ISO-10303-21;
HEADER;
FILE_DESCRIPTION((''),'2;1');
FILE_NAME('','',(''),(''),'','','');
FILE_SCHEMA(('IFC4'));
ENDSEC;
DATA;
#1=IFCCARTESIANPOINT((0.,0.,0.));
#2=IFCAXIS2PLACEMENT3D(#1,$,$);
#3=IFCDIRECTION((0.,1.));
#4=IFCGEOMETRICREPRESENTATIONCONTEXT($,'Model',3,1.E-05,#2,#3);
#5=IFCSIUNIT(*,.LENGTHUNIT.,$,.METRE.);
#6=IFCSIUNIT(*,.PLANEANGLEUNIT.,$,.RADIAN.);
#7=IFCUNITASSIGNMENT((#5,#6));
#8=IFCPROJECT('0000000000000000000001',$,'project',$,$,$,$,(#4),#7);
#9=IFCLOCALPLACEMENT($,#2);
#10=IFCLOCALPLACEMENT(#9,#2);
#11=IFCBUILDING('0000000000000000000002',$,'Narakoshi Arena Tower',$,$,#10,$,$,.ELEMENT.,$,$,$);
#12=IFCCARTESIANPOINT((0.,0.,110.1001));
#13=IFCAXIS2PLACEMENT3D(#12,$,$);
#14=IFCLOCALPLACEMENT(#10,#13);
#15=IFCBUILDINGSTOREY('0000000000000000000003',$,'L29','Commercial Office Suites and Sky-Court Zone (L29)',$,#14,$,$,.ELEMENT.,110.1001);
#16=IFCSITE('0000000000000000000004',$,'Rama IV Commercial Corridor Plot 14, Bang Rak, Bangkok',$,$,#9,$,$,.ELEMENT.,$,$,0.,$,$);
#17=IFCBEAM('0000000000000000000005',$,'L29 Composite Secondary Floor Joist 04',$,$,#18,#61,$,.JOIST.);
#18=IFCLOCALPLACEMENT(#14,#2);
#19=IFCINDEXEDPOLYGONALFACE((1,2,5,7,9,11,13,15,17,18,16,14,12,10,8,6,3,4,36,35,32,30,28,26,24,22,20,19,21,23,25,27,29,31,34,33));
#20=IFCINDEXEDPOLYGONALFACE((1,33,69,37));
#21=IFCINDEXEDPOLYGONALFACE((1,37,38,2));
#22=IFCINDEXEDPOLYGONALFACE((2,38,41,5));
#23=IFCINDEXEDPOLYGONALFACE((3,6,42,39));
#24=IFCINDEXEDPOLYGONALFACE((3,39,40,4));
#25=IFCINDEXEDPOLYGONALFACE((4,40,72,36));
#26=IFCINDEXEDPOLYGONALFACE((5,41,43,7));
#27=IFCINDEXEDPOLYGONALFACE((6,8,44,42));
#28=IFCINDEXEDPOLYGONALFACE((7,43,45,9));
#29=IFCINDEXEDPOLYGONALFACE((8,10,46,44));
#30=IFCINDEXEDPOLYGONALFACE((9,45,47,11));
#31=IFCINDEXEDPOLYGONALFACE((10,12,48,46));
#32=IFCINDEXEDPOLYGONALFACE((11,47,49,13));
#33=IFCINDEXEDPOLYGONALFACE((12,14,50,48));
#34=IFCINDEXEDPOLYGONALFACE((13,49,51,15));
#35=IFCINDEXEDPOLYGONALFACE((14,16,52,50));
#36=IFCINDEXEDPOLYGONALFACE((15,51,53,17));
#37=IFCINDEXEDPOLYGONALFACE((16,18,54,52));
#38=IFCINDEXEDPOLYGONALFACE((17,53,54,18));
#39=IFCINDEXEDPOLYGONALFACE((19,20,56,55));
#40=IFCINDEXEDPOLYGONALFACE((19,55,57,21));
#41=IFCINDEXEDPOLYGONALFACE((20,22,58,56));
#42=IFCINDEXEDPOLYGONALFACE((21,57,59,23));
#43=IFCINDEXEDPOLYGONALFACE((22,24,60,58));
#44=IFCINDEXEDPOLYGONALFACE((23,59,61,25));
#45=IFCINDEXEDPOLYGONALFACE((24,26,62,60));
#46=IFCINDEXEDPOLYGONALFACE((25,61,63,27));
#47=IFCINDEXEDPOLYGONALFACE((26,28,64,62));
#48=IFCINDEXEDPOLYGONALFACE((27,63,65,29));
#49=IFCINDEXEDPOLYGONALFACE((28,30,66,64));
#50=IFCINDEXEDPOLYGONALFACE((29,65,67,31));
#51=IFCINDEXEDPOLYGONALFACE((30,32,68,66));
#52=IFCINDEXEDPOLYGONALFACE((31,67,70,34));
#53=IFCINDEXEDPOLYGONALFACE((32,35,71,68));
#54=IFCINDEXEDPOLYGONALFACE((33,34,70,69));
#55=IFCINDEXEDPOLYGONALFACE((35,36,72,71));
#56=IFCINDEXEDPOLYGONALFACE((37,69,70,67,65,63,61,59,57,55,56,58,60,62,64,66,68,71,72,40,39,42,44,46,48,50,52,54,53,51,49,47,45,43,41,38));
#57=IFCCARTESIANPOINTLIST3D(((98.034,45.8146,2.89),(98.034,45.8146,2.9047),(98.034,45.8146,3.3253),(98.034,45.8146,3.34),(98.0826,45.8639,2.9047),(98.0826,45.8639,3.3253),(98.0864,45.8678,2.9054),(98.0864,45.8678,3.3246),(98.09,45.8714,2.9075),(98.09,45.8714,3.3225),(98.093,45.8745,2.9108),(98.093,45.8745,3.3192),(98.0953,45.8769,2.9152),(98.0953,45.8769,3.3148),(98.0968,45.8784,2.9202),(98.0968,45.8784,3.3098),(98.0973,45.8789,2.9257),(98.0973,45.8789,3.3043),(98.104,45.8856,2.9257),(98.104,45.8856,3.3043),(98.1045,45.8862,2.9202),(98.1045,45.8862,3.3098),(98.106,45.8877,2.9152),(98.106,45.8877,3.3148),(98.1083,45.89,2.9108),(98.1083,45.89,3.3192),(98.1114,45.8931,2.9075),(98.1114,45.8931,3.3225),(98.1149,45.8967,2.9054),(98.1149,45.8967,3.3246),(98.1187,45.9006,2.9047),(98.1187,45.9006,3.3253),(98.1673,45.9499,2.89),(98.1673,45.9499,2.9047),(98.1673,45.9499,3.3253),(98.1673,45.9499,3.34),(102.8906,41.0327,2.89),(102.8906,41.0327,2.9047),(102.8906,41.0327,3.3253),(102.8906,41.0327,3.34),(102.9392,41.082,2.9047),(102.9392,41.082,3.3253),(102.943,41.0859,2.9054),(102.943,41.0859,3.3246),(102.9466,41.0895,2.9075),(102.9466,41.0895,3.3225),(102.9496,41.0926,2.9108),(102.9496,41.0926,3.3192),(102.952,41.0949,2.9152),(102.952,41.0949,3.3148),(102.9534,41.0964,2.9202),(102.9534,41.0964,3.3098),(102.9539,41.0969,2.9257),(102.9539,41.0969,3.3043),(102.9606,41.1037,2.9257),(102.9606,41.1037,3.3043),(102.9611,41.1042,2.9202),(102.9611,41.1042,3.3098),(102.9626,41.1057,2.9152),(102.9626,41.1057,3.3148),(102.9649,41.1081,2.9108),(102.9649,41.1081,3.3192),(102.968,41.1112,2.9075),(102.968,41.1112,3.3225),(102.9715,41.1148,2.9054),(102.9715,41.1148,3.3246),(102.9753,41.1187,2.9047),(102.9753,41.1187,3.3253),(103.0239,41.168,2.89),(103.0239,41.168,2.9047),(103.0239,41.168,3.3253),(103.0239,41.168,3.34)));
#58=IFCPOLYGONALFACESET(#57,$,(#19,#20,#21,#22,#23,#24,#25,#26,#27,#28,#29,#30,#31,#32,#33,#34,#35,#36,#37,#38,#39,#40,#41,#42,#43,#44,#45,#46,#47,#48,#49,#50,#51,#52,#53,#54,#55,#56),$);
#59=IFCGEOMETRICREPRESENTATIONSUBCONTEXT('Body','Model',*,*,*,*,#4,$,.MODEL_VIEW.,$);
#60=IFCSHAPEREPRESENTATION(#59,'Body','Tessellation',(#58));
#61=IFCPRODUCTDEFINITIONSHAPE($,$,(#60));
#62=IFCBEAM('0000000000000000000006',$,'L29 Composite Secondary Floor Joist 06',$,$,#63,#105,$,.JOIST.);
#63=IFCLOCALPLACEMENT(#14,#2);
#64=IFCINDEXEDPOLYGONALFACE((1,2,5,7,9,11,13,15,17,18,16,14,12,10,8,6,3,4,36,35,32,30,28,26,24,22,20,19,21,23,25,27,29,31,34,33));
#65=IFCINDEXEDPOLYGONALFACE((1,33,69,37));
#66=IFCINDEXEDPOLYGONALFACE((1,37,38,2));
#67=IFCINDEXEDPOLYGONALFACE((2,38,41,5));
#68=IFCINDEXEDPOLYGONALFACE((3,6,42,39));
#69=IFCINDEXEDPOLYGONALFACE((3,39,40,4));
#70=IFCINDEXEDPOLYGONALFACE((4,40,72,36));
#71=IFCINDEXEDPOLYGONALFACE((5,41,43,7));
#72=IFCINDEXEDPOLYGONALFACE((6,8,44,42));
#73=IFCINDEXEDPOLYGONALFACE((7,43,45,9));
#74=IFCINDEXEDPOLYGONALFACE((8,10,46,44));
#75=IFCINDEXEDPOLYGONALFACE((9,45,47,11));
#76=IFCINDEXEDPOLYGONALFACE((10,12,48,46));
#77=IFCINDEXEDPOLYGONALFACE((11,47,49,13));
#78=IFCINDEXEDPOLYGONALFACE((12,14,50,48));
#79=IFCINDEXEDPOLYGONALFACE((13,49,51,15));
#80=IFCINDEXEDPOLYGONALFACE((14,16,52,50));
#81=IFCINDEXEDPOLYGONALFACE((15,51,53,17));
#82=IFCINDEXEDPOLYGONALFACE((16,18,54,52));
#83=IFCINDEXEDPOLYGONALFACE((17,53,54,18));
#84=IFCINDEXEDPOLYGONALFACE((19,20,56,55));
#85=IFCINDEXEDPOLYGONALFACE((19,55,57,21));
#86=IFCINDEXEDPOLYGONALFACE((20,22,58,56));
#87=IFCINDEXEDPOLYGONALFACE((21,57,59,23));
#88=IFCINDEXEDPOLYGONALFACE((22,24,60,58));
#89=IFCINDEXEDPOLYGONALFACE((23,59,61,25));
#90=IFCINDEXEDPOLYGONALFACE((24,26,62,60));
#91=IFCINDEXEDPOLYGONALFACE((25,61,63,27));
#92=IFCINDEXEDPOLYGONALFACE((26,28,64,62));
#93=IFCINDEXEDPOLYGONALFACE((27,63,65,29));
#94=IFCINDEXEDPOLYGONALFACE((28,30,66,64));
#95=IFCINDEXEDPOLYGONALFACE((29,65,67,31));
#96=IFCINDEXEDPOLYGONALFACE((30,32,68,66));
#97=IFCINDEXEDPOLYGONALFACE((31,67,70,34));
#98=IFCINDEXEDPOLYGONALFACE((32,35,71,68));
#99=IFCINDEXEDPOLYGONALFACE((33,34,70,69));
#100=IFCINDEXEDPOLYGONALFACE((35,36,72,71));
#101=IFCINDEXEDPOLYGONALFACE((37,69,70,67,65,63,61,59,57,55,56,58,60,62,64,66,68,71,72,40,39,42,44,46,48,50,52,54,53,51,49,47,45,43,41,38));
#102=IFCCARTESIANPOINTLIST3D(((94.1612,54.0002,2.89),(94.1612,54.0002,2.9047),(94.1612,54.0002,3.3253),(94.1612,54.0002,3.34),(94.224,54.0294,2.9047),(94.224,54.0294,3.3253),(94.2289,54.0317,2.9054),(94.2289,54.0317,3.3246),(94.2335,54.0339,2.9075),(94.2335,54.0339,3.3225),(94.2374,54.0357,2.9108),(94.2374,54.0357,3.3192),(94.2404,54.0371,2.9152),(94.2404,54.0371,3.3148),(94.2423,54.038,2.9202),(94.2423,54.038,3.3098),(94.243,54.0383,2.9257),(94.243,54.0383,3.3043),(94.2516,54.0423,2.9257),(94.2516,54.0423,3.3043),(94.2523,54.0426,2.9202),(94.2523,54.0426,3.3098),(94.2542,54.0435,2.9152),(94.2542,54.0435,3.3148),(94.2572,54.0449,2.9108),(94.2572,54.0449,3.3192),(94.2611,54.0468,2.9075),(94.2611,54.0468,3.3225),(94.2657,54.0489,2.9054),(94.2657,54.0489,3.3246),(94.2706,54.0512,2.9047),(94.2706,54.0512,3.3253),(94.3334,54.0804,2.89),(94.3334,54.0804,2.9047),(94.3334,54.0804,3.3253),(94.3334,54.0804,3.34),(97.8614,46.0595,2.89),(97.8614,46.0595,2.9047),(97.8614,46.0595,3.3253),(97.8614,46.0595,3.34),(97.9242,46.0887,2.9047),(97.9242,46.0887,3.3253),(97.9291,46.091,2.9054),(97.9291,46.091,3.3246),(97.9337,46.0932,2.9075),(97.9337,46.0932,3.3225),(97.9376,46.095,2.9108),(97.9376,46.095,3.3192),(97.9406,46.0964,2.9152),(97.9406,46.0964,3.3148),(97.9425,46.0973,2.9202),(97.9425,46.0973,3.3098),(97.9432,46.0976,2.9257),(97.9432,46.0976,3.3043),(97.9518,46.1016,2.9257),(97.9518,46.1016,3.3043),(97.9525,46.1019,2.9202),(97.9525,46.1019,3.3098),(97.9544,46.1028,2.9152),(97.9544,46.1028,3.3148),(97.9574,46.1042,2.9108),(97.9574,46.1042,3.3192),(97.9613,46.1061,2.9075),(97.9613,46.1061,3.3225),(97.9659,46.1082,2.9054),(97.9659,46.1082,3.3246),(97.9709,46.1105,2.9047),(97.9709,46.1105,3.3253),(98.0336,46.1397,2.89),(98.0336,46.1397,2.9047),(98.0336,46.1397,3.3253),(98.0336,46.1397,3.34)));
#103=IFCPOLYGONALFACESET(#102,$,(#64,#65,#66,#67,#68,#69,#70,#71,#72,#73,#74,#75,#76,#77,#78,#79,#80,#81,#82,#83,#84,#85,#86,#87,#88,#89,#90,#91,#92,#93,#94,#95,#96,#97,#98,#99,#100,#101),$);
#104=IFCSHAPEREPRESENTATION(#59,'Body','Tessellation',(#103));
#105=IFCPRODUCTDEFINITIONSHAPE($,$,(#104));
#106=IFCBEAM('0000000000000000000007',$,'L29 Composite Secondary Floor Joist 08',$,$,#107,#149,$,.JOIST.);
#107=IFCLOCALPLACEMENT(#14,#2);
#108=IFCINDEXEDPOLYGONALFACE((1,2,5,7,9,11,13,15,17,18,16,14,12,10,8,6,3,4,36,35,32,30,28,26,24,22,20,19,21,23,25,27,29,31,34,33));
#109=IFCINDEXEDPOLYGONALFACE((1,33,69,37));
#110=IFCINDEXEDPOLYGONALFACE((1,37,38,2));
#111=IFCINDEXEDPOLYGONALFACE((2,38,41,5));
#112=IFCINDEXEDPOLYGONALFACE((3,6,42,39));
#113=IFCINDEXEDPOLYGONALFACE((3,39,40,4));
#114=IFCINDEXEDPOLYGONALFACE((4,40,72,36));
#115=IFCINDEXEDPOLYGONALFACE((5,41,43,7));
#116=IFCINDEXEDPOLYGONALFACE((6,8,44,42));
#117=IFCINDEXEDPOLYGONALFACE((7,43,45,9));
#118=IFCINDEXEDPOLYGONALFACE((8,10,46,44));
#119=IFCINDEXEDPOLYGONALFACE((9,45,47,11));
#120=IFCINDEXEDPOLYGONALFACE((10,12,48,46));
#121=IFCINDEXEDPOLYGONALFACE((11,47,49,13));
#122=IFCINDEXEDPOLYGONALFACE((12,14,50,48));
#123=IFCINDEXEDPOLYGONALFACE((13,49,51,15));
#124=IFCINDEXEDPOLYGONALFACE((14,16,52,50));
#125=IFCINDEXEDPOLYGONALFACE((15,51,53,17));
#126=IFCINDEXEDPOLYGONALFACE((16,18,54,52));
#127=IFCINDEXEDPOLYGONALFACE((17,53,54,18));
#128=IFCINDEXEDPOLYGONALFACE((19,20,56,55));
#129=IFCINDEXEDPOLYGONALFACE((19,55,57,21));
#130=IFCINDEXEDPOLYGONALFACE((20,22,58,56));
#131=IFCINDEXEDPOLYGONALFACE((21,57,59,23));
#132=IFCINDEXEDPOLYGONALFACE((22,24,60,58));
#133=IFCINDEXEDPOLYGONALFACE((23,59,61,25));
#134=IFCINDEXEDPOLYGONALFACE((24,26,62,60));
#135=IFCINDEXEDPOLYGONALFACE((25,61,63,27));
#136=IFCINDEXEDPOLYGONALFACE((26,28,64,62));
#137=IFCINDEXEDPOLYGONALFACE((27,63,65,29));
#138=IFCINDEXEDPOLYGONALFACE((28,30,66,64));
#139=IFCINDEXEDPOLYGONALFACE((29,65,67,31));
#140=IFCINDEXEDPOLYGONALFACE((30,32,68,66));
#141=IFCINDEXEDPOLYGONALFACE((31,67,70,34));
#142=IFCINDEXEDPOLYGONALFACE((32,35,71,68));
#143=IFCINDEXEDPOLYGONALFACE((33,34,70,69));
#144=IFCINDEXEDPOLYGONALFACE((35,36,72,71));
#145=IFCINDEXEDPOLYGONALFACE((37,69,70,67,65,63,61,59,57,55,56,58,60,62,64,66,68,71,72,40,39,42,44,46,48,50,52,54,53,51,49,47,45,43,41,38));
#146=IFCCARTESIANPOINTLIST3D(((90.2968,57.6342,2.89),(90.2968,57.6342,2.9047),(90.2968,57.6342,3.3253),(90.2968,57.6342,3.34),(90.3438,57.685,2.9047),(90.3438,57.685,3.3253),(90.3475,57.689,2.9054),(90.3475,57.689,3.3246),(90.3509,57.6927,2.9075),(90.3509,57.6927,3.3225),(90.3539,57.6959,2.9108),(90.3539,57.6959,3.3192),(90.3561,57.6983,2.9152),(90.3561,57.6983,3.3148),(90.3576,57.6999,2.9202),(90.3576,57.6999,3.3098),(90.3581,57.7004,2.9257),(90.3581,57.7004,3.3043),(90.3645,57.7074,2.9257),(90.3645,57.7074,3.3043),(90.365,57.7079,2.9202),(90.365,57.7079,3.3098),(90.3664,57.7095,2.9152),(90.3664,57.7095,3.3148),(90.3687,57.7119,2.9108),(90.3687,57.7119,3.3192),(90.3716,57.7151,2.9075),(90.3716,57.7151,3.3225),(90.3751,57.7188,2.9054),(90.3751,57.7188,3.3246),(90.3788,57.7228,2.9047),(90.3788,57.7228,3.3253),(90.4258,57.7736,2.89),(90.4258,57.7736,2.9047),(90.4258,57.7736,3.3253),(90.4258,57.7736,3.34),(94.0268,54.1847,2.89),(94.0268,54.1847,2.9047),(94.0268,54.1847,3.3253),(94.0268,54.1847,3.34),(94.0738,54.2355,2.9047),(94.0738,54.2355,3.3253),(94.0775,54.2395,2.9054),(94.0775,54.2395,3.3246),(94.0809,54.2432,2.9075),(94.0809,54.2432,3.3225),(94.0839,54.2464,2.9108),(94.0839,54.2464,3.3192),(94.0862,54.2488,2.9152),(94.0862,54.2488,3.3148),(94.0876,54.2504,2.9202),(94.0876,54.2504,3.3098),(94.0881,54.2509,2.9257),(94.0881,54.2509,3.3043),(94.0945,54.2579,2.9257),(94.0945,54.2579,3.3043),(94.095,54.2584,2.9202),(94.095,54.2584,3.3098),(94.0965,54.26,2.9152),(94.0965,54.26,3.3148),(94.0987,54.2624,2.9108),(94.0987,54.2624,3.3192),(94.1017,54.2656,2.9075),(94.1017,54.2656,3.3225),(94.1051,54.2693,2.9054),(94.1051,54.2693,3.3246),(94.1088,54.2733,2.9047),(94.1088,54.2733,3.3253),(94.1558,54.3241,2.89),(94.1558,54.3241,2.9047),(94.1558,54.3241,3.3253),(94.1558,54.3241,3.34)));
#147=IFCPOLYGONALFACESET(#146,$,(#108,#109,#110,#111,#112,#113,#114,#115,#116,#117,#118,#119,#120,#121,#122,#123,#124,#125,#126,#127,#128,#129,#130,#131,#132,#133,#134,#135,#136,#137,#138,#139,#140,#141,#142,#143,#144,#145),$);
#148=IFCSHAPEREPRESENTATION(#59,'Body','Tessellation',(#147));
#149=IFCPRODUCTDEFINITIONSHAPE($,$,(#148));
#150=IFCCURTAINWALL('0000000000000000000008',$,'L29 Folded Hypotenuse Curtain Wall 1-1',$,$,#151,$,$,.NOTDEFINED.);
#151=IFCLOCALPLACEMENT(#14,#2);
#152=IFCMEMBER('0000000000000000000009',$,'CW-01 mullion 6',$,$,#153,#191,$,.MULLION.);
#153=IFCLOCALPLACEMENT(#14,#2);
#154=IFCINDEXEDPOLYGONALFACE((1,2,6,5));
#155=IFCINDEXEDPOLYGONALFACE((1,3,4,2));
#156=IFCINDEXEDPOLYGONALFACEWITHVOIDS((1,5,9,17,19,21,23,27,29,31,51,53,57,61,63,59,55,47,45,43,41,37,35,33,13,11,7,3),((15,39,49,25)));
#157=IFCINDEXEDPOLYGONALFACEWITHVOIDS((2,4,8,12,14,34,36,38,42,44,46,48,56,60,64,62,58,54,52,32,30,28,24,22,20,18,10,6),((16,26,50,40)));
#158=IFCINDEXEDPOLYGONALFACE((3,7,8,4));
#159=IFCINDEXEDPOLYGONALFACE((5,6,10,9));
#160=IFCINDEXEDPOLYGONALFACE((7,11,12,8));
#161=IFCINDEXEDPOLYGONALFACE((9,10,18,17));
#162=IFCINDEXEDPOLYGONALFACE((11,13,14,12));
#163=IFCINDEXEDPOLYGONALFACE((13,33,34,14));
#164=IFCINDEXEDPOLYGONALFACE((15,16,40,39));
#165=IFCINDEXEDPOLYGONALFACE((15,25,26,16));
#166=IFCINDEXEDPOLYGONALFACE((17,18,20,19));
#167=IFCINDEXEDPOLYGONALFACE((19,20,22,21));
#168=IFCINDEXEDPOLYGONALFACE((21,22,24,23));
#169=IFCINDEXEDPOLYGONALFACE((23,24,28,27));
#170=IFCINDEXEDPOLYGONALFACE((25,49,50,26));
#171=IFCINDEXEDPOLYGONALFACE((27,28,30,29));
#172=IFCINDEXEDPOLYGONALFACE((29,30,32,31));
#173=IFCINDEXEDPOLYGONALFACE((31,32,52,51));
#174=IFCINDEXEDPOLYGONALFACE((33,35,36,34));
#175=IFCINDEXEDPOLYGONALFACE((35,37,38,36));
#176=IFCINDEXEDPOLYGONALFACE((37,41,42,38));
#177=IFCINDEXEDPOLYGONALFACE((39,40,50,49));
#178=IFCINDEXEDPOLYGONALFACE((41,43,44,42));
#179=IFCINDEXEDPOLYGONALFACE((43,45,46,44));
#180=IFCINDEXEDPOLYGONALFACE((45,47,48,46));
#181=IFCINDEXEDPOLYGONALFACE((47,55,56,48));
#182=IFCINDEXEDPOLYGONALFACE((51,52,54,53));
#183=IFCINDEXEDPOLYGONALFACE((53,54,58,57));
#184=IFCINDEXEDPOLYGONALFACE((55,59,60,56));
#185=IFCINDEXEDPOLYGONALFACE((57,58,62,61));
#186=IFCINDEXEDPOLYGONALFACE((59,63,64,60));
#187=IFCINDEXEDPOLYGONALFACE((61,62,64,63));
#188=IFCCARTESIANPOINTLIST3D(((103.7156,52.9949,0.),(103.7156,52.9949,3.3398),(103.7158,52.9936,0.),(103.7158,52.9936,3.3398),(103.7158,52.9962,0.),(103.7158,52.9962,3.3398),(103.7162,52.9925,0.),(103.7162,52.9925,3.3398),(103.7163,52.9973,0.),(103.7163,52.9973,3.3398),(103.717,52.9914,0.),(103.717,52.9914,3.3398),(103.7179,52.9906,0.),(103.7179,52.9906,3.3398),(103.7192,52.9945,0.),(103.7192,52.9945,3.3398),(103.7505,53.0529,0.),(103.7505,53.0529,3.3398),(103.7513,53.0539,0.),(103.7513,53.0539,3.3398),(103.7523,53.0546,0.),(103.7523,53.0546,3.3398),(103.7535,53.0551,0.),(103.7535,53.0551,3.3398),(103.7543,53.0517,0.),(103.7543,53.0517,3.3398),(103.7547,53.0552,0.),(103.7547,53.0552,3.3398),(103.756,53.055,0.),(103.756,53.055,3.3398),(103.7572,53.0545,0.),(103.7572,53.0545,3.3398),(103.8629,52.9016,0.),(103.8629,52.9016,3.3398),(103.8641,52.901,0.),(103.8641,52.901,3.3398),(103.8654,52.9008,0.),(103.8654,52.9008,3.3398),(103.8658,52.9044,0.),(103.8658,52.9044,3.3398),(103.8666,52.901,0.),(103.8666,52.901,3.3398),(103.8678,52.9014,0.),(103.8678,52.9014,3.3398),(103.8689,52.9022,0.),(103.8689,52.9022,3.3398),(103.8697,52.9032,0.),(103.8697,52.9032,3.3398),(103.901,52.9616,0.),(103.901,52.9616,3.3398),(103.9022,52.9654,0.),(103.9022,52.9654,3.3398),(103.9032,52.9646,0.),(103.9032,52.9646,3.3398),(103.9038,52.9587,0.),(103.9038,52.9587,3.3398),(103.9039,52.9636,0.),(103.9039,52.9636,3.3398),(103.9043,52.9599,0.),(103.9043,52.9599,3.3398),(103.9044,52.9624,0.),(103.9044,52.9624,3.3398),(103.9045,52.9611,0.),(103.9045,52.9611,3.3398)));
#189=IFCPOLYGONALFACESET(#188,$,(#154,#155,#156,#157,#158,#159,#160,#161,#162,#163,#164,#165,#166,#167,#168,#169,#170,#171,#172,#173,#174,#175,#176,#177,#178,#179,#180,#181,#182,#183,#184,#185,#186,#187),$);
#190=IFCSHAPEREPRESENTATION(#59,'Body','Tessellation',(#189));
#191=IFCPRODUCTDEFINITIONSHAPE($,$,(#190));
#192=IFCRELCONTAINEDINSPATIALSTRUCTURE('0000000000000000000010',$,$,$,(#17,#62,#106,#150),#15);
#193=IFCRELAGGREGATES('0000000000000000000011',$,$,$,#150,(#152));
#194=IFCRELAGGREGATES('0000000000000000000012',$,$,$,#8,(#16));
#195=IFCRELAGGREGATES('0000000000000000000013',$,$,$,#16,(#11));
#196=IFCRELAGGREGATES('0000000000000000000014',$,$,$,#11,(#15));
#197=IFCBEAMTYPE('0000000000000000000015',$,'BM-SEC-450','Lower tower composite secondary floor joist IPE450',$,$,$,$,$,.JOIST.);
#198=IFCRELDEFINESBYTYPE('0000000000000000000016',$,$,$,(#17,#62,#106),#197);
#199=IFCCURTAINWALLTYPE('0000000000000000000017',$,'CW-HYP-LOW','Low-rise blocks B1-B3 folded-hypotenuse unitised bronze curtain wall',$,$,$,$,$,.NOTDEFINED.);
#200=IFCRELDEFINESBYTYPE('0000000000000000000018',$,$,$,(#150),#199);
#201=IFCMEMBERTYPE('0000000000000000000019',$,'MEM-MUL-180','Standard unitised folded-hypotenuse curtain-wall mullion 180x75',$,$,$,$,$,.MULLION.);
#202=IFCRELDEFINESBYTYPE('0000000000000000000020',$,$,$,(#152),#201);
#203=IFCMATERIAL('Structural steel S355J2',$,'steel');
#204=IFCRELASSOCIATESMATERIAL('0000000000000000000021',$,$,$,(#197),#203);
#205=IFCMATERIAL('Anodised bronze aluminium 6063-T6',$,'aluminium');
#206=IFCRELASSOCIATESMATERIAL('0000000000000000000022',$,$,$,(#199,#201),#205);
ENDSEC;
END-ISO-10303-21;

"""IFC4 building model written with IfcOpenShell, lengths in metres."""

from ifc_helpers import new_model, si_unit, direction, frame, origin, origin_2d, place, context, subcontext, project, spatial, hollow_rectangle, i_section, extrude, material, material_profile, profile_set, type_object, element, aggregate, save


model = new_model("IFC4")

# Units and contexts
model_context = context("Model", 3, precision=1e-05, world=origin(), true_north=direction((0.0, 1.0)))
body_context = subcontext(model_context, "Body", "Model", "MODEL_VIEW")
ifc_project = project(units=[si_unit("LENGTHUNIT", "METRE"), si_unit("PLANEANGLEUNIT", "RADIAN")], contexts=[model_context])

# Site, building, storey
site_placement = place(None, origin())
site = spatial("IfcSite", under=ifc_project, at=site_placement, Name="Rama IV Commercial Corridor Plot 14, Bang Rak, Bangkok", CompositionType="ELEMENT", RefElevation=0.0)
building_placement = place(site_placement, origin())
building = spatial("IfcBuilding", under=site, at=building_placement, Name="Narakoshi Arena Tower", CompositionType="ELEMENT")
storey_placement = place(building_placement, frame((0.0, 0.0, 110.1001)))
storey = spatial("IfcBuildingStorey", under=building, at=storey_placement, Name="L29", Description="Commercial Office Suites and Sky-Court Zone (L29)", CompositionType="ELEMENT", Elevation=110.1001)

# Beams
ifc_material_1 = material(Name="Structural steel S355J2", Category="steel")
ifc_material_profile_1 = material_profile(ifc_material_1, i_section(OverallWidth=0.1899, OverallDepth=0.45, WebThickness=0.0095, FlangeThickness=0.0146, FilletRadius=0.021, at=origin_2d()), Name="IPE450")
ifc_profile_set_1 = profile_set([ifc_material_profile_1], Name="Structural steel S355J2")
beam_type_1 = type_object("IfcBeamType", Name="BM-SEC-450", Description="Lower tower composite secondary floor joist IPE450", PredefinedType="JOIST", material=ifc_profile_set_1)
beam_1_placement = place(storey_placement, frame((102.9573, 41.1003, 3.115), z_axis=(-0.712566, 0.701605, 0.0), x_axis=(-0.701605, -0.712566, 0.0)))
element("IfcBeam", 1, at=beam_1_placement, inside=storey, type_object=beam_type_1, Name="L29 Composite Secondary Floor Joist 04", PredefinedType="JOIST", context=body_context, shape_type="SweptSolid", body=[
    extrude(i_section(OverallWidth=0.1899, OverallDepth=0.45, WebThickness=0.0095, FlangeThickness=0.0146, FilletRadius=0.021, at=origin_2d()), origin(), (0.0, 0.0, 1.0), 6.8157),
])
beam_2_placement = place(storey_placement, frame((97.9475, 46.0996, 3.115), z_axis=(-0.422374, 0.906422, 0.0), x_axis=(-0.906422, -0.422374, 0.0)))
element("IfcBeam", 2, at=beam_2_placement, inside=storey, type_object=beam_type_1, Name="L29 Composite Secondary Floor Joist 06", PredefinedType="JOIST", context=body_context, shape_type="SweptSolid", body=[
    extrude(i_section(OverallWidth=0.1899, OverallDepth=0.45, WebThickness=0.0095, FlangeThickness=0.0146, FilletRadius=0.021, at=origin_2d()), origin(), (0.0, 0.0, 1.0), 8.7605),
])
beam_3_placement = place(storey_placement, frame((94.0913, 54.2544, 3.115), z_axis=(-0.734175, 0.67896, 0.0), x_axis=(-0.67896, -0.734175, 0.0)))
element("IfcBeam", 3, at=beam_3_placement, inside=storey, type_object=beam_type_1, Name="L29 Composite Secondary Floor Joist 08", PredefinedType="JOIST", context=body_context, shape_type="SweptSolid", body=[
    extrude(i_section(OverallWidth=0.1899, OverallDepth=0.45, WebThickness=0.0095, FlangeThickness=0.0146, FilletRadius=0.021, at=origin_2d()), origin(), (0.0, 0.0, 1.0), 5.0806),
])

# Curtain wall, member
ifc_material_2 = material(Name="Anodised bronze aluminium 6063-T6", Category="aluminium")
curtain_wall_type = type_object("IfcCurtainWallType", Name="CW-HYP-LOW", Description="Low-rise blocks B1-B3 folded-hypotenuse unitised bronze curtain wall", PredefinedType="NOTDEFINED", material=ifc_material_2)
curtain_wall_placement = place(storey_placement, origin())
curtain_wall = element("IfcCurtainWall", 4, at=curtain_wall_placement, inside=storey, type_object=curtain_wall_type, Name="L29 Folded Hypotenuse Curtain Wall 1-1", PredefinedType="NOTDEFINED")
ifc_material_profile_2 = material_profile(ifc_material_2, hollow_rectangle(XDim=0.075, YDim=0.1799, WallThickness=0.0039, OuterFilletRadius=0.0049, at=origin_2d()), Name="MUL180x75x4")
ifc_profile_set_2 = profile_set([ifc_material_profile_2], Name="Anodised bronze aluminium 6063-T6")
member_type_1 = type_object("IfcMemberType", Name="MEM-MUL-180", Description="Standard unitised folded-hypotenuse curtain-wall mullion 180x75", PredefinedType="MULLION", material=ifc_profile_set_2)
member_1_placement = place(storey_placement, frame((103.8101, 52.978, 0.0), z_axis=(0.0, 0.0, 1.0), x_axis=(-0.523358, -0.852113, 0.0)))
member_1 = element("IfcMember", 5, at=member_1_placement, type_object=member_type_1, Name="CW-01 mullion 6", PredefinedType="MULLION", context=body_context, shape_type="SweptSolid", body=[
    extrude(hollow_rectangle(XDim=0.075, YDim=0.1799, WallThickness=0.0039, OuterFilletRadius=0.0049, at=origin_2d()), origin(), (0.0, 0.0, 1.0), 3.3398),
])
aggregate(curtain_wall, [member_1])

save(model, "model.ifc")
